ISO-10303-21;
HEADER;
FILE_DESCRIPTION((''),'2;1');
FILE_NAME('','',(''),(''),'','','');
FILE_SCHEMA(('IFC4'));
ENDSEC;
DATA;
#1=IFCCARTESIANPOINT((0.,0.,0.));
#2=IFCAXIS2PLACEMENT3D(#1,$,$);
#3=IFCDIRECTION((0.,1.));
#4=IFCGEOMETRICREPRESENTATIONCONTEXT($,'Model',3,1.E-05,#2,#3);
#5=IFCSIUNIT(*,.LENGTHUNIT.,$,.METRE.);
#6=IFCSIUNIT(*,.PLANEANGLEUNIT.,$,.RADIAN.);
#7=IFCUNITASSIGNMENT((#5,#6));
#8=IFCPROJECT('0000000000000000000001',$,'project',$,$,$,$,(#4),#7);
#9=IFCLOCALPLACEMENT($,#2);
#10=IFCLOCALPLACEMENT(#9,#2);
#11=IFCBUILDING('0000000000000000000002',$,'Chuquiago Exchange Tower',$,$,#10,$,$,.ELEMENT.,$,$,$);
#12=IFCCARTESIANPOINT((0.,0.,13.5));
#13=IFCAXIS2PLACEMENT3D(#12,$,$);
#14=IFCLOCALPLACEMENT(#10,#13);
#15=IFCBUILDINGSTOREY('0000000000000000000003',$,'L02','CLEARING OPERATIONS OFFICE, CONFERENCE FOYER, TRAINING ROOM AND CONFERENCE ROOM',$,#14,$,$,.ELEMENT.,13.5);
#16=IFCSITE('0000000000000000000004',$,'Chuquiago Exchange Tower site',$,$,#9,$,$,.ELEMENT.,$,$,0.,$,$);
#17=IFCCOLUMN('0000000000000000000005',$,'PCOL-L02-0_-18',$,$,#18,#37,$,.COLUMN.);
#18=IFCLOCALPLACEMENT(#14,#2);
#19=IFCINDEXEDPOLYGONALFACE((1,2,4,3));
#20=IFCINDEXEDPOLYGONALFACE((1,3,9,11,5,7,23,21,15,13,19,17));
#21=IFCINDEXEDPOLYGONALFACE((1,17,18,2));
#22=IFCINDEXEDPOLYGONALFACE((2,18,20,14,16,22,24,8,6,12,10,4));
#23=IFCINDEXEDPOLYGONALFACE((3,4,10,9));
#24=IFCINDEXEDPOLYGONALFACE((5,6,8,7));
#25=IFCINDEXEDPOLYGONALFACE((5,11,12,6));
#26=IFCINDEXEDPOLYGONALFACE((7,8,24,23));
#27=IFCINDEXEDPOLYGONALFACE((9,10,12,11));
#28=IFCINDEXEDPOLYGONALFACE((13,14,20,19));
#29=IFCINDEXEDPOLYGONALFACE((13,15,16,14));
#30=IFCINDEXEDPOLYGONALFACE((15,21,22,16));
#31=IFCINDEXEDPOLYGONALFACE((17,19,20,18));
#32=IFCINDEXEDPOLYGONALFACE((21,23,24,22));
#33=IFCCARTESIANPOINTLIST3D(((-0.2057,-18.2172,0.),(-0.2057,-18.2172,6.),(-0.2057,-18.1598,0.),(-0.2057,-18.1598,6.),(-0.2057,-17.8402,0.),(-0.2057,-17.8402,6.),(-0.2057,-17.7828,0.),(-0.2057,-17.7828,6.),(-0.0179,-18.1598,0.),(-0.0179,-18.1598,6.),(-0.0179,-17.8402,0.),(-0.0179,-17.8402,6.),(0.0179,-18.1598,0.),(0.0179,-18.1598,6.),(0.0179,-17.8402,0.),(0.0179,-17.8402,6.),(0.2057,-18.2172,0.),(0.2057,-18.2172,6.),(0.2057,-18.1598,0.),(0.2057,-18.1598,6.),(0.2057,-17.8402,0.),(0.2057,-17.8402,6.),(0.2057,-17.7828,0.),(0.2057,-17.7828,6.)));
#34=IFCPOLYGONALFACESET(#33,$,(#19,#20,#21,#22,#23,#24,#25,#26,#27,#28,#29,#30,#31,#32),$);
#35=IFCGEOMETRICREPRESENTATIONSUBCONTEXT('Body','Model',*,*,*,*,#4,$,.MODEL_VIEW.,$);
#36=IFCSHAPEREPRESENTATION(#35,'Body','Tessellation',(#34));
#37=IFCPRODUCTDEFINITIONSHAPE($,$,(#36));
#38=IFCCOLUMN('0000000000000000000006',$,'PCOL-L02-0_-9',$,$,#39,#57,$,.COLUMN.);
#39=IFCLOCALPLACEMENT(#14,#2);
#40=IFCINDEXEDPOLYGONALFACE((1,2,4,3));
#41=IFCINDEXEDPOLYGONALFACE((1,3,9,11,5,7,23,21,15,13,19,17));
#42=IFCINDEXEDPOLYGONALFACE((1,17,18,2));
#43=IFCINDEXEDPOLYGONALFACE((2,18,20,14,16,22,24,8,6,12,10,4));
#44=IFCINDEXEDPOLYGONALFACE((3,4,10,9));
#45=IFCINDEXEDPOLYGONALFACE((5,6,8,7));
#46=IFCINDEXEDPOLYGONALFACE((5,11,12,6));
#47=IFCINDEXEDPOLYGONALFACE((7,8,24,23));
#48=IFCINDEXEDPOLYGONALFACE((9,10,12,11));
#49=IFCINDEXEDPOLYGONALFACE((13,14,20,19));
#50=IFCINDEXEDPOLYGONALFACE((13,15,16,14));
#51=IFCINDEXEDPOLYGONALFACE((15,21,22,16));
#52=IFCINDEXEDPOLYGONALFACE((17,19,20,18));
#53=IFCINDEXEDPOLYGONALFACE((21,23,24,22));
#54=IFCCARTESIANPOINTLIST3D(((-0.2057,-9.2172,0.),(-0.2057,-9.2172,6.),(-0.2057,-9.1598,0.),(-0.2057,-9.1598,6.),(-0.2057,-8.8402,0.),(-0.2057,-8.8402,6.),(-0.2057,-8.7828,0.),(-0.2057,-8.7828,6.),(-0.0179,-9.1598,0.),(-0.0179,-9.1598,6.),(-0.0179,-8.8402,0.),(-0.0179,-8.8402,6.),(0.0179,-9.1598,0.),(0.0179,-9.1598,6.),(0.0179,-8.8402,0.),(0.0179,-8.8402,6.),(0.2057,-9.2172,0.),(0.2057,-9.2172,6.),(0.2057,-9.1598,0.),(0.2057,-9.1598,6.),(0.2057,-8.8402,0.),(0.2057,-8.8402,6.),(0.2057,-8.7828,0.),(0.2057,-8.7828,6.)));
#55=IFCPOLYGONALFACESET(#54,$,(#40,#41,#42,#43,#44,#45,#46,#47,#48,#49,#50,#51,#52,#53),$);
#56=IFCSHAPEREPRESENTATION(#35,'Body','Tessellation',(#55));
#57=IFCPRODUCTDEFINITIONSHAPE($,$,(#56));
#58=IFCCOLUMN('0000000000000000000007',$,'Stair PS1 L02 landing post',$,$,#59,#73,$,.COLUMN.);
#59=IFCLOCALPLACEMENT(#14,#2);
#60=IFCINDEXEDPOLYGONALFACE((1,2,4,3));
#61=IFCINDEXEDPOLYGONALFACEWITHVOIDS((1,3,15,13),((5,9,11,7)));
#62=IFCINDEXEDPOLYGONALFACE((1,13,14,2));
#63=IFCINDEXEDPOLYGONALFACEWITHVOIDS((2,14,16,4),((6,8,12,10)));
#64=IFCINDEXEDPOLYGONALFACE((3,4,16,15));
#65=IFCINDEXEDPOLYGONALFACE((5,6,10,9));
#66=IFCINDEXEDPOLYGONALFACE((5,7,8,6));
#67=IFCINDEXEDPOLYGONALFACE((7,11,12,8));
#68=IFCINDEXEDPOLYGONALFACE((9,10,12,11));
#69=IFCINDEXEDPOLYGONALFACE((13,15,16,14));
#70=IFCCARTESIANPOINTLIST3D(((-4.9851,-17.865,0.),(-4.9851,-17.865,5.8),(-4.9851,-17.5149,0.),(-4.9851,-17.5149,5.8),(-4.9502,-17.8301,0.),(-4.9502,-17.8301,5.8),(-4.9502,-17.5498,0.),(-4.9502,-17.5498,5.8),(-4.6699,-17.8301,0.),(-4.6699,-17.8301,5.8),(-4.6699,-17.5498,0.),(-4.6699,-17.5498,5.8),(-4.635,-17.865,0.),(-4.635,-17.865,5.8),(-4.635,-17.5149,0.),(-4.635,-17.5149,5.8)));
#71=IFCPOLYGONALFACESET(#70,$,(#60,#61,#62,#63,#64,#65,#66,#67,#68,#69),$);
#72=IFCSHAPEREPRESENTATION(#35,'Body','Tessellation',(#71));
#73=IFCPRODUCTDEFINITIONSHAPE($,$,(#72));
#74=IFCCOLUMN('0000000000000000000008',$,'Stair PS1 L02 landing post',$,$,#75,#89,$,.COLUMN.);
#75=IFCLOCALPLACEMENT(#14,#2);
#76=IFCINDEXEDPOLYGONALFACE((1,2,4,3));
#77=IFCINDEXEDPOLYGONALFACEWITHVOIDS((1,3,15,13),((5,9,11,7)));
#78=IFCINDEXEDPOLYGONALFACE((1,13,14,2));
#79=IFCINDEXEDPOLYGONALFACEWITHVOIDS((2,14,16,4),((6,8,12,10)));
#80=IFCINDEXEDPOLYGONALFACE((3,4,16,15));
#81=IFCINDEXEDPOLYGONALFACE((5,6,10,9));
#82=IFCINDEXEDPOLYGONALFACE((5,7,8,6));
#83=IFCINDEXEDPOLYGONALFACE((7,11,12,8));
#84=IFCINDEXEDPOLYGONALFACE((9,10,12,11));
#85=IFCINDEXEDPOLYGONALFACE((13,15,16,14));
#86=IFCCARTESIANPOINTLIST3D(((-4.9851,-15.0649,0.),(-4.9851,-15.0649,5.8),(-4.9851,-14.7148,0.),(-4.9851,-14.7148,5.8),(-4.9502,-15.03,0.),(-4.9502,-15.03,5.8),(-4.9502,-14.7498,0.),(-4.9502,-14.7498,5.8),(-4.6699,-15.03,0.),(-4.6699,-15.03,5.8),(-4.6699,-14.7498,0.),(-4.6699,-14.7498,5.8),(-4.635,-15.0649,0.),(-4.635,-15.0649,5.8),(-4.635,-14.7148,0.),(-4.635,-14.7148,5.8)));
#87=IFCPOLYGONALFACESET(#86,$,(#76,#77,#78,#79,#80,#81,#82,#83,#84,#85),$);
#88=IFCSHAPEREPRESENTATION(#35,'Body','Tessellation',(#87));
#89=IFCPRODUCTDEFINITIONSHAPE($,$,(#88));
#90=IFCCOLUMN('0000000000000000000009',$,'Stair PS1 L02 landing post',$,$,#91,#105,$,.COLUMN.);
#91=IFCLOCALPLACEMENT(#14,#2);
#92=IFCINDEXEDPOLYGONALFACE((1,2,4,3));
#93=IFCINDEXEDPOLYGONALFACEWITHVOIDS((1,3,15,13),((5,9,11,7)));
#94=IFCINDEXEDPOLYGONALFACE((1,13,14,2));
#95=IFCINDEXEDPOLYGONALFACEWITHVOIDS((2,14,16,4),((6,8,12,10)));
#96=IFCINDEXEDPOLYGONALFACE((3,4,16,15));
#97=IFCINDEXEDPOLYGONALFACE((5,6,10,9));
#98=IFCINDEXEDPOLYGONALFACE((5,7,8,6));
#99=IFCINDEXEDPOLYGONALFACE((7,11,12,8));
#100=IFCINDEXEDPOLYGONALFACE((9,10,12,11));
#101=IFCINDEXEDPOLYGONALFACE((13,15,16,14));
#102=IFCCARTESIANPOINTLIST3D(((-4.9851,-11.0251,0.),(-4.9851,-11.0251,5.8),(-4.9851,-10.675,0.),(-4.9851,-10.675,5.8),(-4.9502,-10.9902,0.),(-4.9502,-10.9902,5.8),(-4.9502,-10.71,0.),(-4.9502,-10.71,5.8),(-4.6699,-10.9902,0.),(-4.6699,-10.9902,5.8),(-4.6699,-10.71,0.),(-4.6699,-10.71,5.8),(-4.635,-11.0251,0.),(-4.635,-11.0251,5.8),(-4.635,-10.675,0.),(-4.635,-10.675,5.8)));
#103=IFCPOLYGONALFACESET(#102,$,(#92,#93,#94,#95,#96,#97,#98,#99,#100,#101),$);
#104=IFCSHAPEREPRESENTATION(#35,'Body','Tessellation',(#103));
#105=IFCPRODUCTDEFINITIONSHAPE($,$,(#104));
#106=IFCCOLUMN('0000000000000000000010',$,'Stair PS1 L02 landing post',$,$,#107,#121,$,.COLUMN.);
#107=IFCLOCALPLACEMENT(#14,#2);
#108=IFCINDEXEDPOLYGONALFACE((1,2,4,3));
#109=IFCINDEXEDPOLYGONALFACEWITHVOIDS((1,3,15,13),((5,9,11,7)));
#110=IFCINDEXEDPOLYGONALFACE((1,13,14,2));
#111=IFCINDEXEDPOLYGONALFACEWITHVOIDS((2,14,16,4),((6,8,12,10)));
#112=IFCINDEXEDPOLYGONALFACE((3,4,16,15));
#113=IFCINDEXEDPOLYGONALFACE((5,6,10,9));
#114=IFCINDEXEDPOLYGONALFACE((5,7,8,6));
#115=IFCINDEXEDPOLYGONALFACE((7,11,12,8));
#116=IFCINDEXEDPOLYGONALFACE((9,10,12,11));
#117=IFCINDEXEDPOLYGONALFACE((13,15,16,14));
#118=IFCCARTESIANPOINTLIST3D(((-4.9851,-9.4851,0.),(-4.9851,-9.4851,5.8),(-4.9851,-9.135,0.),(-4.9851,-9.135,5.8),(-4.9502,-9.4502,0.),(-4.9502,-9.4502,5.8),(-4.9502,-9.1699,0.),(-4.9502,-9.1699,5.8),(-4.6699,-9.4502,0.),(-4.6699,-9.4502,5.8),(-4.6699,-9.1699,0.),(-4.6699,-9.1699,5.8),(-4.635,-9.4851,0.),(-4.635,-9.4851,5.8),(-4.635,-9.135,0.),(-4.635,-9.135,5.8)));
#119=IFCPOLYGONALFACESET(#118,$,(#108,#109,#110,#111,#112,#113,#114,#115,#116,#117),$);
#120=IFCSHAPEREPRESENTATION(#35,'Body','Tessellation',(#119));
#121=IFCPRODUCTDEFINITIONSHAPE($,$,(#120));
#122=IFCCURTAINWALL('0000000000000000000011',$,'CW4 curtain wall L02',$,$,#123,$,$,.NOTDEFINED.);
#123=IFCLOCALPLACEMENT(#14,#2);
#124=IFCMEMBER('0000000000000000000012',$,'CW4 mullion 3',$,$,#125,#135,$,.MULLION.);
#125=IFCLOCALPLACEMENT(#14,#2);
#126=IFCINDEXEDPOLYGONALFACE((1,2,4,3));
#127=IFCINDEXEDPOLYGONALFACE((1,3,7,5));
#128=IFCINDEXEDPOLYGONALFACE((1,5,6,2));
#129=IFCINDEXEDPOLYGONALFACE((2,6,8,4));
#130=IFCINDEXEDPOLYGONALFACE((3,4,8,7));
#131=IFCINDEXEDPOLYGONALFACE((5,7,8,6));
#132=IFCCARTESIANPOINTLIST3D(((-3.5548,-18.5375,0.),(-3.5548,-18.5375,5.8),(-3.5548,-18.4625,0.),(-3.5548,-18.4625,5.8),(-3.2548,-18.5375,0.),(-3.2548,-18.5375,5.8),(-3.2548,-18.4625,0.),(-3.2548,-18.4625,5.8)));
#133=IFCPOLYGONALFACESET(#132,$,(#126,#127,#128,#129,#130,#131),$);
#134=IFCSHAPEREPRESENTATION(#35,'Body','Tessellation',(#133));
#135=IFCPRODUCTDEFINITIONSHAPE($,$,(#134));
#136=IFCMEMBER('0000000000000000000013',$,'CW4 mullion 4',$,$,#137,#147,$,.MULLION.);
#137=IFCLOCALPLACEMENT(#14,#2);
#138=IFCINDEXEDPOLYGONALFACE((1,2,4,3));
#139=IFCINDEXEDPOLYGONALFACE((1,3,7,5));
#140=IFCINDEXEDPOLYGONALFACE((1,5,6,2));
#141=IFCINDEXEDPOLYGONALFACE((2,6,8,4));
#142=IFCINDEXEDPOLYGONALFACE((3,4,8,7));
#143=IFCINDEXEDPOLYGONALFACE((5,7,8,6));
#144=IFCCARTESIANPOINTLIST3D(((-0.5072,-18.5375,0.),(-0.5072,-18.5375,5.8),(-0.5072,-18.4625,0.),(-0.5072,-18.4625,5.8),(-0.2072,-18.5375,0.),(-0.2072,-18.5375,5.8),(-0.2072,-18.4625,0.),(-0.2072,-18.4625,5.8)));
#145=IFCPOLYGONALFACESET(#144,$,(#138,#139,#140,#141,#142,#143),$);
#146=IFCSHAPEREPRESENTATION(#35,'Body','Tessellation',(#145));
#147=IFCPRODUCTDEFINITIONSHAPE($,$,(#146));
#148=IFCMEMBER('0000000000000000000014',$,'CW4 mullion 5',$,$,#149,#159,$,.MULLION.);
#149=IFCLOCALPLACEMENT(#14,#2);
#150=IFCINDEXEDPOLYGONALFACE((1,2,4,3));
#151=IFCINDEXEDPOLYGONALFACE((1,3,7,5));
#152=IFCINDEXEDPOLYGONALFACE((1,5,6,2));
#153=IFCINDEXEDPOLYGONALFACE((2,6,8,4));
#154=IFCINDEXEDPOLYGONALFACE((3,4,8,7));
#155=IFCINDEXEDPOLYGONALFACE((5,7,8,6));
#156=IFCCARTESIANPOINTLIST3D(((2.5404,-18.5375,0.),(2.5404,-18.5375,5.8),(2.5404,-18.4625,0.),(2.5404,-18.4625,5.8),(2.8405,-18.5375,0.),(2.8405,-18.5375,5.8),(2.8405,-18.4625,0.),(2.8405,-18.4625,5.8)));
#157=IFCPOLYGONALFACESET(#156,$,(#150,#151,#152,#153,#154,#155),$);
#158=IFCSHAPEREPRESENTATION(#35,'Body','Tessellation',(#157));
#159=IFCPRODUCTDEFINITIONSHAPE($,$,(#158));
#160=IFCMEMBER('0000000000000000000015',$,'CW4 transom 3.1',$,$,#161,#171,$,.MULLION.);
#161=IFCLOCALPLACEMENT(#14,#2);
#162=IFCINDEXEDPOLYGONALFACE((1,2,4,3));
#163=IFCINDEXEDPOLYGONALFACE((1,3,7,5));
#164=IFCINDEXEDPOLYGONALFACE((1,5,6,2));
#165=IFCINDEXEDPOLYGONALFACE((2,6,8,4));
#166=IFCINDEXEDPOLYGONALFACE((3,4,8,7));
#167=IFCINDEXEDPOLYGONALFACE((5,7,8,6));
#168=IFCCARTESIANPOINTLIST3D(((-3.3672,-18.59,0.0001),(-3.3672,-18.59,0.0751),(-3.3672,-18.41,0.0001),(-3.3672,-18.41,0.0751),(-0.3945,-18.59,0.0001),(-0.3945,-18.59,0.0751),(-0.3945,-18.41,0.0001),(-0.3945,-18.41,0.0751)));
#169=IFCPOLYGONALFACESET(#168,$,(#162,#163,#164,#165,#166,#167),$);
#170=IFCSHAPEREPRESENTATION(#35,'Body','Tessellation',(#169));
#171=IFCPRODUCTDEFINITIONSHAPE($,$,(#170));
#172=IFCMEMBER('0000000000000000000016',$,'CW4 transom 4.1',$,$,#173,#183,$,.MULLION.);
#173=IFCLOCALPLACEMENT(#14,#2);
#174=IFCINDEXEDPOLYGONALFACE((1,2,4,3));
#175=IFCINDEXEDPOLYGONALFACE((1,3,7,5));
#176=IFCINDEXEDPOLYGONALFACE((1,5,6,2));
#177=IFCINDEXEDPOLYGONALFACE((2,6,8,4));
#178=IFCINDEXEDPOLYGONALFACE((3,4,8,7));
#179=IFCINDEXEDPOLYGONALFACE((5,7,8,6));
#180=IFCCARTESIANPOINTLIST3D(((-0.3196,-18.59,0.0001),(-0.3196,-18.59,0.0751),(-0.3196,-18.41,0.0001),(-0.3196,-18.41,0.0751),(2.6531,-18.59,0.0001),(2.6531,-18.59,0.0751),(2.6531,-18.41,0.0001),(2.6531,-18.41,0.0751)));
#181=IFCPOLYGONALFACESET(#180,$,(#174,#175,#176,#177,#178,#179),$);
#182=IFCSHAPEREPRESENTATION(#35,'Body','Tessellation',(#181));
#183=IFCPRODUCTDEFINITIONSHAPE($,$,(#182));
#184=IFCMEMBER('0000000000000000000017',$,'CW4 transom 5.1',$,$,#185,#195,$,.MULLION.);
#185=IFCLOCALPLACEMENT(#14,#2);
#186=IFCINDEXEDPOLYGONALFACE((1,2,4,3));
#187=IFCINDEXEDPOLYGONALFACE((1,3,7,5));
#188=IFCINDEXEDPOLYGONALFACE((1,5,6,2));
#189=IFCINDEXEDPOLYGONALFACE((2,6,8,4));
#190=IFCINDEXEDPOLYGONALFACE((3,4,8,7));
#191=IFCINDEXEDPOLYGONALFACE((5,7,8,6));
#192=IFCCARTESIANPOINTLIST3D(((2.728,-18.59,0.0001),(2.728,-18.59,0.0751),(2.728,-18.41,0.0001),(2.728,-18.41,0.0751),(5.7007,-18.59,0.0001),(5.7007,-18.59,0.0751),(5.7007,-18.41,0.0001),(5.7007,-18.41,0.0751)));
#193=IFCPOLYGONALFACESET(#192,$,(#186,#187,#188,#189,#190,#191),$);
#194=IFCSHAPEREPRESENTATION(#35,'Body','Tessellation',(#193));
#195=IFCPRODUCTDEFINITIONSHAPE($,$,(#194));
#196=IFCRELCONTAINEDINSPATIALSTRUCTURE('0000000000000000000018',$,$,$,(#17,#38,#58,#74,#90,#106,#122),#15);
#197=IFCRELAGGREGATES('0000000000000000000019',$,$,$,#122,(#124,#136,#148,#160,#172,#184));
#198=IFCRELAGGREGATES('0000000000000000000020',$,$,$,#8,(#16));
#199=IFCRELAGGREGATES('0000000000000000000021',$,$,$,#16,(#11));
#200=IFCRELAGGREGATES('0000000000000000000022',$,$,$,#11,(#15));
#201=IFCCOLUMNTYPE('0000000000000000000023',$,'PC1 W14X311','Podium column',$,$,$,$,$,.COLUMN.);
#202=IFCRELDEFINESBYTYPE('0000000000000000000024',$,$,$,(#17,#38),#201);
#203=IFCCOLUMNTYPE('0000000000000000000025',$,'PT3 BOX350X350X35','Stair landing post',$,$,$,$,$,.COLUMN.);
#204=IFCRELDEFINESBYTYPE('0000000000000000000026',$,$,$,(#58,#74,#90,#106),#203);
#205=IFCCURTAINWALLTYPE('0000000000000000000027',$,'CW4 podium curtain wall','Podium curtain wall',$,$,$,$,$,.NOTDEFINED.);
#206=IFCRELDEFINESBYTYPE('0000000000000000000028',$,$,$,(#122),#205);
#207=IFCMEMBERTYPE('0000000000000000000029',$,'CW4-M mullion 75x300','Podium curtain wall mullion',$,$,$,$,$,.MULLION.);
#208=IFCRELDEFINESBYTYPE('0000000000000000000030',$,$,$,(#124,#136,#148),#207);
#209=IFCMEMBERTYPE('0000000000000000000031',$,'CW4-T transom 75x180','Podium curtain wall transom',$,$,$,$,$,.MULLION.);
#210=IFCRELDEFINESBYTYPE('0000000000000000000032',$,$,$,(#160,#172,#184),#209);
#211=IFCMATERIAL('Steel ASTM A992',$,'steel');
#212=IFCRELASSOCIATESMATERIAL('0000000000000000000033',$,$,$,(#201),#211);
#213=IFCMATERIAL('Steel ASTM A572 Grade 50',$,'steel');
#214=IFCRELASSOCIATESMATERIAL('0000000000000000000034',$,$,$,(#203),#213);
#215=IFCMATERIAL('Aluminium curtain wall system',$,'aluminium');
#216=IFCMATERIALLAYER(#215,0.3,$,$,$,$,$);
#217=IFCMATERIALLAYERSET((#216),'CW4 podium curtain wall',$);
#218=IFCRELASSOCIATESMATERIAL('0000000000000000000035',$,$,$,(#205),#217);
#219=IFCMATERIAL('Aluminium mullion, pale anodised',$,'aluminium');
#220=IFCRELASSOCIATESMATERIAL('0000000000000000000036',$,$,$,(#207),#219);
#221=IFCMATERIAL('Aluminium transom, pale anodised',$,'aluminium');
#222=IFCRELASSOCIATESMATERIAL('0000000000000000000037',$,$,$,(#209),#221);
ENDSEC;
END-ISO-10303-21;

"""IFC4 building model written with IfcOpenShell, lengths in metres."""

from ifc_helpers import new_model, si_unit, direction, frame, origin, origin_2d, place, context, subcontext, project, spatial, rectangle, hollow_rectangle, i_section, extrude, material, layer, layer_set, material_profile, profile_set, type_object, element, aggregate, save


model = new_model("IFC4")

# Units and contexts
model_context = context("Model", 3, precision=1e-05, world=origin(), true_north=direction((0.0, 1.0)))
body_context = subcontext(model_context, "Body", "Model", "MODEL_VIEW")
ifc_project = project(units=[si_unit("LENGTHUNIT", "METRE"), si_unit("PLANEANGLEUNIT", "RADIAN")], contexts=[model_context])

# Site, building, storey
site_placement = place(None, origin())
site = spatial("IfcSite", under=ifc_project, at=site_placement, Name="Chuquiago Exchange Tower site", CompositionType="ELEMENT", RefElevation=0.0)
building_placement = place(site_placement, origin())
building = spatial("IfcBuilding", under=site, at=building_placement, Name="Chuquiago Exchange Tower", CompositionType="ELEMENT")
storey_placement = place(building_placement, frame((0.0, 0.0, 13.5)))
storey = spatial("IfcBuildingStorey", under=building, at=storey_placement, Name="L02", Description="CLEARING OPERATIONS OFFICE, CONFERENCE FOYER, TRAINING ROOM AND CONFERENCE ROOM", CompositionType="ELEMENT", Elevation=13.5)

# Columns
ifc_material_1 = material(Name="Steel ASTM A992", Category="steel")
ifc_material_profile_1 = material_profile(ifc_material_1, i_section(OverallWidth=0.4114, OverallDepth=0.4343, WebThickness=0.0359, FlangeThickness=0.0574, at=origin_2d()), Name="W14X311")
ifc_profile_set_1 = profile_set([ifc_material_profile_1], Name="Steel ASTM A992")
column_type_1 = type_object("IfcColumnType", Name="PC1 W14X311", Description="Podium column", PredefinedType="COLUMN", material=ifc_profile_set_1)
for number, where, z_axis, x_axis, name in (
    (1, (0.0, -18.0, 0.0), (0.0, 0.0, 1.0), (1.0, 0.0, 0.0), "PCOL-L02-0_-18"),
    (2, (0.0, -9.0, 0.0), (0.0, 0.0, 1.0), (1.0, 0.0, 0.0), "PCOL-L02-0_-9"),
):
    element("IfcColumn", number, at=place(storey_placement, frame(where, z_axis=z_axis, x_axis=x_axis)), inside=storey, type_object=column_type_1, Name=name, PredefinedType="COLUMN", context=body_context, shape_type="SweptSolid", body=[
        extrude(i_section(OverallWidth=0.4114, OverallDepth=0.4343, WebThickness=0.0359, FlangeThickness=0.0574, at=origin_2d()), origin(), (0.0, 0.0, 1.0), 6.0),
    ])
ifc_material_2 = material(Name="Steel ASTM A572 Grade 50", Category="steel")
ifc_material_profile_2 = material_profile(ifc_material_2, hollow_rectangle(XDim=0.3501, YDim=0.3501, WallThickness=0.0349, at=origin_2d()), Name="BOX350X350X35")
ifc_profile_set_2 = profile_set([ifc_material_profile_2], Name="Steel ASTM A572 Grade 50")
column_type_2 = type_object("IfcColumnType", Name="PT3 BOX350X350X35", Description="Stair landing post", PredefinedType="COLUMN", material=ifc_profile_set_2)
for number, where, z_axis, x_axis, name in (
    (3, (-4.8101, -17.6899, 0.0), (0.0, 0.0, 1.0), (1.0, 0.0, 0.0), "Stair PS1 L02 landing post"),
    (4, (-4.8101, -14.8899, 0.0), (0.0, 0.0, 1.0), (1.0, 0.0, 0.0), "Stair PS1 L02 landing post"),
    (5, (-4.8101, -10.8501, 0.0), (0.0, 0.0, 1.0), (1.0, 0.0, 0.0), "Stair PS1 L02 landing post"),
    (6, (-4.8101, -9.3101, 0.0), (0.0, 0.0, 1.0), (1.0, 0.0, 0.0), "Stair PS1 L02 landing post"),
):
    element("IfcColumn", number, at=place(storey_placement, frame(where, z_axis=z_axis, x_axis=x_axis)), inside=storey, type_object=column_type_2, Name=name, PredefinedType="COLUMN", context=body_context, shape_type="SweptSolid", body=[
        extrude(hollow_rectangle(XDim=0.3501, YDim=0.3501, WallThickness=0.0349, at=origin_2d()), origin(), (0.0, 0.0, 1.0), 5.8),
    ])

# Curtain wall, members
ifc_material_3 = material(Name="Aluminium curtain wall system", Category="aluminium")
ifc_layer_1 = layer(ifc_material_3, 0.3)
ifc_layer_set_1 = layer_set([ifc_layer_1], Name="CW4 podium curtain wall")
curtain_wall_type = type_object("IfcCurtainWallType", Name="CW4 podium curtain wall", Description="Podium curtain wall", PredefinedType="NOTDEFINED", material=ifc_layer_set_1)
curtain_wall_placement = place(storey_placement, origin())
curtain_wall = element("IfcCurtainWall", 7, at=curtain_wall_placement, inside=storey, type_object=curtain_wall_type, Name="CW4 curtain wall L02", PredefinedType="NOTDEFINED")
ifc_material_4 = material(Name="Aluminium mullion, pale anodised", Category="aluminium")
ifc_material_profile_3 = material_profile(ifc_material_4, rectangle(XDim=0.075, YDim=0.3, at=origin_2d()), Name="AL 75x300")
ifc_profile_set_3 = profile_set([ifc_material_profile_3], Name="Aluminium mullion, pale anodised")
member_type_1 = type_object("IfcMemberType", Name="CW4-M mullion 75x300", Description="Podium curtain wall mullion", PredefinedType="MULLION", material=ifc_profile_set_3)
member_1_placement = place(storey_placement, frame((-3.4048, -18.5, 0.0), z_axis=(0.0, 0.0, 1.0), x_axis=(0.0, 1.0, 0.0)))
member_1 = element("IfcMember", 8, at=member_1_placement, type_object=member_type_1, Name="CW4 mullion 3", PredefinedType="MULLION", context=body_context, shape_type="SweptSolid", body=[
    extrude(rectangle(XDim=0.075, YDim=0.3, at=origin_2d()), origin(), (0.0, 0.0, 1.0), 5.8),
])
member_2_placement = place(storey_placement, frame((-0.3572, -18.5, 0.0), z_axis=(0.0, 0.0, 1.0), x_axis=(0.0, 1.0, 0.0)))
member_2 = element("IfcMember", 9, at=member_2_placement, type_object=member_type_1, Name="CW4 mullion 4", PredefinedType="MULLION", context=body_context, shape_type="SweptSolid", body=[
    extrude(rectangle(XDim=0.075, YDim=0.3, at=origin_2d()), origin(), (0.0, 0.0, 1.0), 5.8),
])
member_3_placement = place(storey_placement, frame((2.6904, -18.5, 0.0), z_axis=(0.0, 0.0, 1.0), x_axis=(0.0, 1.0, 0.0)))
member_3 = element("IfcMember", 10, at=member_3_placement, type_object=member_type_1, Name="CW4 mullion 5", PredefinedType="MULLION", context=body_context, shape_type="SweptSolid", body=[
    extrude(rectangle(XDim=0.075, YDim=0.3, at=origin_2d()), origin(), (0.0, 0.0, 1.0), 5.8),
])
ifc_material_5 = material(Name="Aluminium transom, pale anodised", Category="aluminium")
ifc_material_profile_4 = material_profile(ifc_material_5, rectangle(XDim=0.1799, YDim=0.075, at=origin_2d()), Name="AL 180x75")
ifc_profile_set_4 = profile_set([ifc_material_profile_4], Name="Aluminium transom, pale anodised")
member_type_2 = type_object("IfcMemberType", Name="CW4-T transom 75x180", Description="Podium curtain wall transom", PredefinedType="MULLION", material=ifc_profile_set_4)
member_4_placement = place(storey_placement, frame((-3.3672, -18.5, 0.0376), z_axis=(1.0, 0.0, 0.0), x_axis=(0.0, 1.0, 0.0)))
member_4 = element("IfcMember", 11, at=member_4_placement, type_object=member_type_2, Name="CW4 transom 3.1", PredefinedType="MULLION", context=body_context, shape_type="SweptSolid", body=[
    extrude(rectangle(XDim=0.1799, YDim=0.075, at=origin_2d()), origin(), (0.0, 0.0, 1.0), 2.9727),
])
member_5_placement = place(storey_placement, frame((-0.3196, -18.5, 0.0376), z_axis=(1.0, 0.0, 0.0), x_axis=(0.0, 1.0, 0.0)))
member_5 = element("IfcMember", 12, at=member_5_placement, type_object=member_type_2, Name="CW4 transom 4.1", PredefinedType="MULLION", context=body_context, shape_type="SweptSolid", body=[
    extrude(rectangle(XDim=0.1799, YDim=0.075, at=origin_2d()), origin(), (0.0, 0.0, 1.0), 2.9727),
])
member_6_placement = place(storey_placement, frame((2.728, -18.5, 0.0376), z_axis=(1.0, 0.0, 0.0), x_axis=(0.0, 1.0, 0.0)))
member_6 = element("IfcMember", 13, at=member_6_placement, type_object=member_type_2, Name="CW4 transom 5.1", PredefinedType="MULLION", context=body_context, shape_type="SweptSolid", body=[
    extrude(rectangle(XDim=0.1799, YDim=0.075, at=origin_2d()), origin(), (0.0, 0.0, 1.0), 2.9727),
])

aggregate(curtain_wall, [member_1, member_2, member_3, member_4, member_5, member_6])

save(model, "model.ifc")
